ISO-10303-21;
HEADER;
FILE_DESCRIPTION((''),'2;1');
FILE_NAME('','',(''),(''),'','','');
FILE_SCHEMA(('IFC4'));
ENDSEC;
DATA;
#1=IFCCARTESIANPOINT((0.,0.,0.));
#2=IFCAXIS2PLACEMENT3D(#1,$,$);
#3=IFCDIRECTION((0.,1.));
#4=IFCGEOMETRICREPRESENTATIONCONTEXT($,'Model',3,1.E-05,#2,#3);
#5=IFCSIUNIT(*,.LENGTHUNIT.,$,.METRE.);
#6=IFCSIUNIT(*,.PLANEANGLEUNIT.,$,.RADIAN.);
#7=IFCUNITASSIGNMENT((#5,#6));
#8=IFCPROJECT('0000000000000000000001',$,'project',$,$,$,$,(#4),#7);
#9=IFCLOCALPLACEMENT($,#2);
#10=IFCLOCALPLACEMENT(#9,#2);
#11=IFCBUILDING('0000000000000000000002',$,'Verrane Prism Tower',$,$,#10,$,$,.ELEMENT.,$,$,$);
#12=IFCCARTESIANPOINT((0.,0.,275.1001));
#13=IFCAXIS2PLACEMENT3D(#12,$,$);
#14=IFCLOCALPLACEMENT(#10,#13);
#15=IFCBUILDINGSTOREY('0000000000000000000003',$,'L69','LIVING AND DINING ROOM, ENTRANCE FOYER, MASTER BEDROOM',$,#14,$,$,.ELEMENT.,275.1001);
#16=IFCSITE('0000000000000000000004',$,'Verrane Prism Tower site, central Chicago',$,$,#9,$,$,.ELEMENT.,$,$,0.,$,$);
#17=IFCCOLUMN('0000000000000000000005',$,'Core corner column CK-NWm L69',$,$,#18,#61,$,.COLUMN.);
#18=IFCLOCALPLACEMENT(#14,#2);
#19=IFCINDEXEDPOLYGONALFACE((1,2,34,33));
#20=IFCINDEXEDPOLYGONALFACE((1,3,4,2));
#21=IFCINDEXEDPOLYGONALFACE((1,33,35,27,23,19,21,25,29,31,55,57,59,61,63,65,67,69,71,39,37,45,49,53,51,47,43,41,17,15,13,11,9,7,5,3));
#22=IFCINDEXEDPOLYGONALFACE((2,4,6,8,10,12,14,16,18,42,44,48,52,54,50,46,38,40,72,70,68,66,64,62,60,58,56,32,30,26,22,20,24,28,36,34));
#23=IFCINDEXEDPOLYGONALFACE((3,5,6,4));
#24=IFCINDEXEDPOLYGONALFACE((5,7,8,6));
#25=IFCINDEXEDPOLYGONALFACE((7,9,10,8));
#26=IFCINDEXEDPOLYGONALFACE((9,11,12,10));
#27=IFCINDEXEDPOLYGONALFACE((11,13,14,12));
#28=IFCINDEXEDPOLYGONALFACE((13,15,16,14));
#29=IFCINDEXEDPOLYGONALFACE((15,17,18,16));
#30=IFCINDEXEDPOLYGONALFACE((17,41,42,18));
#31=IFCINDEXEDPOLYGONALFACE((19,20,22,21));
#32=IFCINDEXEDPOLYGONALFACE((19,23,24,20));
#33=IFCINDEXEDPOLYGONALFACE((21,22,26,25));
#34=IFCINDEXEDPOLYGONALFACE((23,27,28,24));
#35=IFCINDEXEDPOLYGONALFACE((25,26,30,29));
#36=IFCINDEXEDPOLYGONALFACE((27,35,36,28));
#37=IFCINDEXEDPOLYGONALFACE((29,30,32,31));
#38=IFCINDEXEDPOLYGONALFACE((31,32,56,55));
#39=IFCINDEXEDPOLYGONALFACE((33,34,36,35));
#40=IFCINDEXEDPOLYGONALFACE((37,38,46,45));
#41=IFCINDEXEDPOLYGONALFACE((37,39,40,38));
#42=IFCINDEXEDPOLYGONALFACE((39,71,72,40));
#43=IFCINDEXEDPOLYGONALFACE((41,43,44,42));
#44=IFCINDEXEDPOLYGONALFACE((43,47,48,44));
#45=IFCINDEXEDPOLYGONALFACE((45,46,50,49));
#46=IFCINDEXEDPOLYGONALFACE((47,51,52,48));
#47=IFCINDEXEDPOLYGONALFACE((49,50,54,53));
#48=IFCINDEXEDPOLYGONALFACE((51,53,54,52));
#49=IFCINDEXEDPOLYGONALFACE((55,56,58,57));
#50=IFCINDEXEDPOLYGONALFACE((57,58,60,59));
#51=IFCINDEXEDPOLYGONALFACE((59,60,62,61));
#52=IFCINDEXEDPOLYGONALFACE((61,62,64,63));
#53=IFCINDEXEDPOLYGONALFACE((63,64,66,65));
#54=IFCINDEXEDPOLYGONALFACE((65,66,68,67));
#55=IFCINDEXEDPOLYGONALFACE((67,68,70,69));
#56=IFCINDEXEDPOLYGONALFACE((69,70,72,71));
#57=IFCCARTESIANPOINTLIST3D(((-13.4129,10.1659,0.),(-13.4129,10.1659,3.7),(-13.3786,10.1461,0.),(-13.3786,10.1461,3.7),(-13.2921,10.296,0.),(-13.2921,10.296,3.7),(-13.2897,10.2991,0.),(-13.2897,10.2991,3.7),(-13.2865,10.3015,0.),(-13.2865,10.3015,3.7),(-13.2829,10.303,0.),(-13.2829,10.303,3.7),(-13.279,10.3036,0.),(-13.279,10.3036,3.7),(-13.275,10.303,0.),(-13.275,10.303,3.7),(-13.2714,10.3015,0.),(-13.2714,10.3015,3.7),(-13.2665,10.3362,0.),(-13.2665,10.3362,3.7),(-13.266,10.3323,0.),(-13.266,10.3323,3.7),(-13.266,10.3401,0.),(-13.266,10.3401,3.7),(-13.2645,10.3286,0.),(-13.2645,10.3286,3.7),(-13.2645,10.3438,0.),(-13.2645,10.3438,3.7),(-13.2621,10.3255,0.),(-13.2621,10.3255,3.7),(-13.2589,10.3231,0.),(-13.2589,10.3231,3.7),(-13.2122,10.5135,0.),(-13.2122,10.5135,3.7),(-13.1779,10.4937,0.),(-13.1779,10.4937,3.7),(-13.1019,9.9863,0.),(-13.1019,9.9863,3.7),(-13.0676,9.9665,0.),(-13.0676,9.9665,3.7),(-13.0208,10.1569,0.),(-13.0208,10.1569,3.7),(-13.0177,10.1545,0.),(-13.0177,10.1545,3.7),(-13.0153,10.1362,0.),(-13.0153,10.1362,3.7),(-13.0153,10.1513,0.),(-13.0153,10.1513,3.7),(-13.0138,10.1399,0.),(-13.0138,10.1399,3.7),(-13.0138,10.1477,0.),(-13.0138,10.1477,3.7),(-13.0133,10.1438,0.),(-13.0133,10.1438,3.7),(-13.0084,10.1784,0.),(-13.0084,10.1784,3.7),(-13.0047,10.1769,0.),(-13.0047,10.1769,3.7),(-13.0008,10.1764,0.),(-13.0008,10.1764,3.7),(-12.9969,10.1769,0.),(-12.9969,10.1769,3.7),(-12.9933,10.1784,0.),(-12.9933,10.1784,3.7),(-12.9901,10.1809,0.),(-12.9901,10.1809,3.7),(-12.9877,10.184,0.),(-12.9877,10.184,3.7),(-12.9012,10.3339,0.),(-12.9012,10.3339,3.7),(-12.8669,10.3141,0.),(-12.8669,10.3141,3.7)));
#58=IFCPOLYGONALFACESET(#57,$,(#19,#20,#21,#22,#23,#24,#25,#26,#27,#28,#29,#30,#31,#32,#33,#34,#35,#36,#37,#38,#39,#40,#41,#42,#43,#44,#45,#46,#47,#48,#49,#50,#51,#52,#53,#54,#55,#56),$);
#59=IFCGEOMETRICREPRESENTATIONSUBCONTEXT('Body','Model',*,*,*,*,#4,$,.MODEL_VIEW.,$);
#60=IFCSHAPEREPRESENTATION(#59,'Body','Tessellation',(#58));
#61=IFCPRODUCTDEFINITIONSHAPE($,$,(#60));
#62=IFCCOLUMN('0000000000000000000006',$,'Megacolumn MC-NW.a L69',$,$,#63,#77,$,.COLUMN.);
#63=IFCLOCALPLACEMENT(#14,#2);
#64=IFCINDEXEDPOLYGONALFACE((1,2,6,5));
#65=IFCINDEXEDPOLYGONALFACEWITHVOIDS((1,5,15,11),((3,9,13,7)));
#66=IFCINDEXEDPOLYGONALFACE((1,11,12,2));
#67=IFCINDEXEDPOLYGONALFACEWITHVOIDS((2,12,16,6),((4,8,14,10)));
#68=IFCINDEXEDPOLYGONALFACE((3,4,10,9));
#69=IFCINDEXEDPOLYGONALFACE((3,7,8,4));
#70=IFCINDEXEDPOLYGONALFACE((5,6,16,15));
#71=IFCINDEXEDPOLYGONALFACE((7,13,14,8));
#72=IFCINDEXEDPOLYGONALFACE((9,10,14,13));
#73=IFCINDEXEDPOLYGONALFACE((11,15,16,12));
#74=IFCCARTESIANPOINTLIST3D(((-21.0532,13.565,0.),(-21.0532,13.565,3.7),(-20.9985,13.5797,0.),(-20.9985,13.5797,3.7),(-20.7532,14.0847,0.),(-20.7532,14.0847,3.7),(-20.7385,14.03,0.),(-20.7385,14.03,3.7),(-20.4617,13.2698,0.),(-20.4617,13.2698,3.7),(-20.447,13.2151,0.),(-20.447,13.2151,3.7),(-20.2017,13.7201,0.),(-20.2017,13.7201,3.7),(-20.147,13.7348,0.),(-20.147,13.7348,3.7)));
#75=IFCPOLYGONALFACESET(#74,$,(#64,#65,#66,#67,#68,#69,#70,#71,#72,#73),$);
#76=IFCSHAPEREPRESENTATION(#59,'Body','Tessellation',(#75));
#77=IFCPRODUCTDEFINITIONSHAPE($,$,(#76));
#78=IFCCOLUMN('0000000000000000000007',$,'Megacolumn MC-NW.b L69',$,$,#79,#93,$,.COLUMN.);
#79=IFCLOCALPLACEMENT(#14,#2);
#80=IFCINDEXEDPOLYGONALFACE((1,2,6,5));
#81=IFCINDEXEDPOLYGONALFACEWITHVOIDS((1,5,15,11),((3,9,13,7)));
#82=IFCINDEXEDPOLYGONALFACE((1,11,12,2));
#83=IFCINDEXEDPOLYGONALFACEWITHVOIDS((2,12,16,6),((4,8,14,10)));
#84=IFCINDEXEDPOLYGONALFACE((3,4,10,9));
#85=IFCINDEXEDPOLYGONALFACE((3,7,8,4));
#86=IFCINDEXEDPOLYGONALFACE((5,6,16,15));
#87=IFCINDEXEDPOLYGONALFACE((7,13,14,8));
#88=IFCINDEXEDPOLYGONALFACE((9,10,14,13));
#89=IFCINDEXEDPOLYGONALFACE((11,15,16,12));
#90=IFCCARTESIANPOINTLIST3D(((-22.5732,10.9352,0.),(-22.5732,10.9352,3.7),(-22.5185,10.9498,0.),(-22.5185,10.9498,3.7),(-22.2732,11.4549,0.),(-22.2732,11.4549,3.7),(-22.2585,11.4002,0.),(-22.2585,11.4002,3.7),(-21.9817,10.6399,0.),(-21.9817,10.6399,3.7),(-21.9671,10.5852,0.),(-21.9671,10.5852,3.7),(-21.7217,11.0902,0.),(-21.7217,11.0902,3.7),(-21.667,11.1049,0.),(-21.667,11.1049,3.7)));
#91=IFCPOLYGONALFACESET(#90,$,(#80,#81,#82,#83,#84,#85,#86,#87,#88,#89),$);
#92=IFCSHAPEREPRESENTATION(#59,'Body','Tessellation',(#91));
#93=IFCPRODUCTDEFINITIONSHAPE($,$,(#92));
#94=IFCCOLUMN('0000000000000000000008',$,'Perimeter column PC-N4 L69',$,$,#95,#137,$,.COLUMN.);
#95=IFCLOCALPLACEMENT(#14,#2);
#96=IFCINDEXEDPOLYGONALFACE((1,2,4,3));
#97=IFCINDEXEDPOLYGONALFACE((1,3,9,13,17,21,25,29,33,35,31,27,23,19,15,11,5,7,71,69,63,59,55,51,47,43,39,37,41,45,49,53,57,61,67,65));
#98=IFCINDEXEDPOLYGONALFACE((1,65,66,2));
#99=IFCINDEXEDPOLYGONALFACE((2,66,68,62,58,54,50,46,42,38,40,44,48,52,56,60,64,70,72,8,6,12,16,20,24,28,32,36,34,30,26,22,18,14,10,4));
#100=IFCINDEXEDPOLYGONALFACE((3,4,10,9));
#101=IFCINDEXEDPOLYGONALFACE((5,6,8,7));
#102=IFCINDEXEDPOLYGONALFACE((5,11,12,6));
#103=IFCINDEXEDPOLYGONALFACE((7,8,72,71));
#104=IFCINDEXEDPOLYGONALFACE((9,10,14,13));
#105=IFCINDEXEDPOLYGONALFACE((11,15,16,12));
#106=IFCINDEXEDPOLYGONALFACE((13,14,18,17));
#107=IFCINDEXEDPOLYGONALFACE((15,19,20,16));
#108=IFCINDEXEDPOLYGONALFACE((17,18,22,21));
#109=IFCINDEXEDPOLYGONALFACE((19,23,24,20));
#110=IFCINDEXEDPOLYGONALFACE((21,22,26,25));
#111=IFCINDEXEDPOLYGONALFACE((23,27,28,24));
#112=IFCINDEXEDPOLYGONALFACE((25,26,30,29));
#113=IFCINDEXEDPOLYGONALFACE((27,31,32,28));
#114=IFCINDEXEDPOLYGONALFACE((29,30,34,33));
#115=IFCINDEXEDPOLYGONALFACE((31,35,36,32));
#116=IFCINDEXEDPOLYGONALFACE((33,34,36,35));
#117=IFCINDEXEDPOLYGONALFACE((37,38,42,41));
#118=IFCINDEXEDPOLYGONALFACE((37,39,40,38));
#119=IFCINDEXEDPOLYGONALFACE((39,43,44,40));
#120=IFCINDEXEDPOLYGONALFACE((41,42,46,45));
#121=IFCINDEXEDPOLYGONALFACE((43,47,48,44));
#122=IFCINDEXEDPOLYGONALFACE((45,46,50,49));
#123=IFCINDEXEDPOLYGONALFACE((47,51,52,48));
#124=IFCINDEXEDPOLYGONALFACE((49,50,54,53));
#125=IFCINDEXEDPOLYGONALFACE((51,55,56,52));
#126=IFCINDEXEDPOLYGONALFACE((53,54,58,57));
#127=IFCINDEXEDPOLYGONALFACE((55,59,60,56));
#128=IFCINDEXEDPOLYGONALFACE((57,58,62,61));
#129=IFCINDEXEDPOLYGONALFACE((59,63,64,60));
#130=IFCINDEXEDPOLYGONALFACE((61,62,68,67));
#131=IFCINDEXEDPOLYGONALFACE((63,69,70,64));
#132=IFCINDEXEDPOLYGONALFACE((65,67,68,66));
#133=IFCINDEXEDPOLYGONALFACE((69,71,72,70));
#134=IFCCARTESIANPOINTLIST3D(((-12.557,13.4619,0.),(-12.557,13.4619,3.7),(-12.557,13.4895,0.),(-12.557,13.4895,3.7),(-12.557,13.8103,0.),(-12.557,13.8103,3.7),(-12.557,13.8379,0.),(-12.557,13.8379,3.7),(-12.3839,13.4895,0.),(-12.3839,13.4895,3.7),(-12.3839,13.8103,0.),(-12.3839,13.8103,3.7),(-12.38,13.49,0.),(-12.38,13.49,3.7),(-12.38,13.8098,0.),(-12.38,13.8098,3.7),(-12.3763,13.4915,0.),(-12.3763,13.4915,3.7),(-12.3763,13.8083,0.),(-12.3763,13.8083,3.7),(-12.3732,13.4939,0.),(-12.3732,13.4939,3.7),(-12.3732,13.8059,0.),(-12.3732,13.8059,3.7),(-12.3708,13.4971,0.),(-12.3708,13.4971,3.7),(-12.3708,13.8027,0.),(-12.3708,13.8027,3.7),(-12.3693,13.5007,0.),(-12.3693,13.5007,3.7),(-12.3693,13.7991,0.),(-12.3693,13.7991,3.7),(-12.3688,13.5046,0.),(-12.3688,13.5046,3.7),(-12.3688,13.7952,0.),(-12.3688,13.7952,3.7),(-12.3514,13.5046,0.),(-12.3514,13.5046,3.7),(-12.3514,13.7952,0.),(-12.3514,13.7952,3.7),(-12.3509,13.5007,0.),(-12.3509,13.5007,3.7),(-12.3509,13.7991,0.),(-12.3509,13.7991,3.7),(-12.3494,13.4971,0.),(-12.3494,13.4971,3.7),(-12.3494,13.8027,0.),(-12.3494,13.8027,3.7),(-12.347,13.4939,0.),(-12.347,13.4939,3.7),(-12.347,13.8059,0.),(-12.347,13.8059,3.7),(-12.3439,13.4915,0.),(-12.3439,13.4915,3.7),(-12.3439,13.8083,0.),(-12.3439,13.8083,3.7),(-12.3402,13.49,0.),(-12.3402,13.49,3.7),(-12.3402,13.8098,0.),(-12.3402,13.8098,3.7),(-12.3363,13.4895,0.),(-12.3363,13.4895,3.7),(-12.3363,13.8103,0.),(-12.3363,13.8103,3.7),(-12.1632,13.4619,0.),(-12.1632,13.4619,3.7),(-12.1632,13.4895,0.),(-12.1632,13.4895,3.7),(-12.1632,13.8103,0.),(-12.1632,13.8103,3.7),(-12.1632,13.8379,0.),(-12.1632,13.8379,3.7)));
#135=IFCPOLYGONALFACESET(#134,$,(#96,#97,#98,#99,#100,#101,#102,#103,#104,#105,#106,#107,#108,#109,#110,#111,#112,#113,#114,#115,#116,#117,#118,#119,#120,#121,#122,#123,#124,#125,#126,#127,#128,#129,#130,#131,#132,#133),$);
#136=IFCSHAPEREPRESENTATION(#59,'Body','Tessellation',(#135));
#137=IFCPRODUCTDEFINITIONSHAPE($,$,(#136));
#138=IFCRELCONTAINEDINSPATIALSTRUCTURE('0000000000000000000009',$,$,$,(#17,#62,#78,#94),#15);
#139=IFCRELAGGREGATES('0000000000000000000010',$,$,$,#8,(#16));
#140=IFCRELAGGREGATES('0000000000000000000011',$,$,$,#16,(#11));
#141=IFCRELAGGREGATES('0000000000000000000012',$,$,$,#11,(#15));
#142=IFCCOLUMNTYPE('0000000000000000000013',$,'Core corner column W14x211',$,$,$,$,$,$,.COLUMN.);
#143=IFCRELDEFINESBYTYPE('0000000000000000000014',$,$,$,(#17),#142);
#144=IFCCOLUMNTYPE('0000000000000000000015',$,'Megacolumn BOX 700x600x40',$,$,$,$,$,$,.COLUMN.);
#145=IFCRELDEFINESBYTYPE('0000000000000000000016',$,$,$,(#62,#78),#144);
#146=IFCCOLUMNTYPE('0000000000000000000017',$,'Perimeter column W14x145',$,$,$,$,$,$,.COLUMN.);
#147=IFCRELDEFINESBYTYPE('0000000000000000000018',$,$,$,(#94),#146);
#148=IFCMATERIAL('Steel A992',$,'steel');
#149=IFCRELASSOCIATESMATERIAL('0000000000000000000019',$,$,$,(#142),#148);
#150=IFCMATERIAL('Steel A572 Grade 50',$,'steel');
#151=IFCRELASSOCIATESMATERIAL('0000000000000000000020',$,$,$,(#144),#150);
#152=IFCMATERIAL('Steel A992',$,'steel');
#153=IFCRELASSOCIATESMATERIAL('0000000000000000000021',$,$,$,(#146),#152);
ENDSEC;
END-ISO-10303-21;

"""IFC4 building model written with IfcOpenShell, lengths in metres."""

from ifc_helpers import new_model, si_unit, direction, frame, origin, origin_2d, place, context, subcontext, project, spatial, hollow_rectangle, i_section, extrude, material, material_profile, profile_set, type_object, element, save


model = new_model("IFC4")

# Units and contexts
model_context = context("Model", 3, precision=1e-05, world=origin(), true_north=direction((0.0, 1.0)))
body_context = subcontext(model_context, "Body", "Model", "MODEL_VIEW")
ifc_project = project(units=[si_unit("LENGTHUNIT", "METRE"), si_unit("PLANEANGLEUNIT", "RADIAN")], contexts=[model_context])

# Site, building, storey
site_placement = place(None, origin())
site = spatial("IfcSite", under=ifc_project, at=site_placement, Name="Verrane Prism Tower site, central Chicago", CompositionType="ELEMENT", RefElevation=0.0)
building_placement = place(site_placement, origin())
building = spatial("IfcBuilding", under=site, at=building_placement, Name="Verrane Prism Tower", CompositionType="ELEMENT")
storey_placement = place(building_placement, frame((0.0, 0.0, 275.1001)))
storey = spatial("IfcBuildingStorey", under=building, at=storey_placement, Name="L69", Description="LIVING AND DINING ROOM, ENTRANCE FOYER, MASTER BEDROOM", CompositionType="ELEMENT", Elevation=275.1001)

# Columns
ifc_material_1 = material(Name="Steel A992", Category="steel")
ifc_material_profile_1 = material_profile(ifc_material_1, i_section(OverallWidth=0.4014, OverallDepth=0.3987, WebThickness=0.0249, FlangeThickness=0.0396, FilletRadius=0.0151, at=origin_2d()), Name="W14x211")
ifc_profile_set_1 = profile_set([ifc_material_profile_1], Name="Steel A992")
column_type_1 = type_object("IfcColumnType", Name="Core corner column W14x211", PredefinedType="COLUMN", material=ifc_profile_set_1)
column_1_placement = place(storey_placement, frame((-13.1399, 10.24, 0.0), z_axis=(0.0, 0.0, 1.0), x_axis=(0.5, 0.866025, 0.0)))
element("IfcColumn", 1, at=column_1_placement, inside=storey, type_object=column_type_1, Name="Core corner column CK-NWm L69", PredefinedType="COLUMN", context=body_context, shape_type="SweptSolid", body=[
    extrude(i_section(OverallWidth=0.4014, OverallDepth=0.3987, WebThickness=0.0249, FlangeThickness=0.0396, FilletRadius=0.0151, at=origin_2d()), origin(), (0.0, 0.0, 1.0), 3.7),
])
ifc_material_2 = material(Name="Steel A572 Grade 50", Category="steel")
ifc_material_profile_2 = material_profile(ifc_material_2, hollow_rectangle(XDim=0.6001, YDim=0.7, WallThickness=0.04, at=origin_2d()), Name="BOX 700x600x40")
ifc_profile_set_2 = profile_set([ifc_material_profile_2], Name="Steel A572 Grade 50")
column_type_2 = type_object("IfcColumnType", Name="Megacolumn BOX 700x600x40", PredefinedType="COLUMN", material=ifc_profile_set_2)
for number, where, z_axis, x_axis, name in (
    (2, (-20.6001, 13.6499, 0.0), (0.0, 0.0, 1.0), (0.5, 0.866025, 0.0), "Megacolumn MC-NW.a L69"),
    (3, (-22.1201, 11.02, 0.0), (0.0, 0.0, 1.0), (0.5, 0.866025, 0.0), "Megacolumn MC-NW.b L69"),
):
    element("IfcColumn", number, at=place(storey_placement, frame(where, z_axis=z_axis, x_axis=x_axis)), inside=storey, type_object=column_type_2, Name=name, PredefinedType="COLUMN", context=body_context, shape_type="SweptSolid", body=[
        extrude(hollow_rectangle(XDim=0.6001, YDim=0.7, WallThickness=0.04, at=origin_2d()), origin(), (0.0, 0.0, 1.0), 3.7),
    ])
ifc_material_3 = material(Name="Steel A992", Category="steel")
ifc_material_profile_3 = material_profile(ifc_material_3, i_section(OverallWidth=0.3938, OverallDepth=0.376, WebThickness=0.0173, FlangeThickness=0.0276, FilletRadius=0.0151, at=origin_2d()), Name="W14x145")
ifc_profile_set_3 = profile_set([ifc_material_profile_3], Name="Steel A992")
column_type_3 = type_object("IfcColumnType", Name="Perimeter column W14x145", PredefinedType="COLUMN", material=ifc_profile_set_3)
column_2_placement = place(storey_placement, frame((-12.3601, 13.6499, 0.0), z_axis=(0.0, 0.0, 1.0), x_axis=(1.0, 0.0, 0.0)))
element("IfcColumn", 4, at=column_2_placement, inside=storey, type_object=column_type_3, Name="Perimeter column PC-N4 L69", PredefinedType="COLUMN", context=body_context, shape_type="SweptSolid", body=[
    extrude(i_section(OverallWidth=0.3938, OverallDepth=0.376, WebThickness=0.0173, FlangeThickness=0.0276, FilletRadius=0.0151, at=origin_2d()), origin(), (0.0, 0.0, 1.0), 3.7),
])

save(model, "model.ifc")
